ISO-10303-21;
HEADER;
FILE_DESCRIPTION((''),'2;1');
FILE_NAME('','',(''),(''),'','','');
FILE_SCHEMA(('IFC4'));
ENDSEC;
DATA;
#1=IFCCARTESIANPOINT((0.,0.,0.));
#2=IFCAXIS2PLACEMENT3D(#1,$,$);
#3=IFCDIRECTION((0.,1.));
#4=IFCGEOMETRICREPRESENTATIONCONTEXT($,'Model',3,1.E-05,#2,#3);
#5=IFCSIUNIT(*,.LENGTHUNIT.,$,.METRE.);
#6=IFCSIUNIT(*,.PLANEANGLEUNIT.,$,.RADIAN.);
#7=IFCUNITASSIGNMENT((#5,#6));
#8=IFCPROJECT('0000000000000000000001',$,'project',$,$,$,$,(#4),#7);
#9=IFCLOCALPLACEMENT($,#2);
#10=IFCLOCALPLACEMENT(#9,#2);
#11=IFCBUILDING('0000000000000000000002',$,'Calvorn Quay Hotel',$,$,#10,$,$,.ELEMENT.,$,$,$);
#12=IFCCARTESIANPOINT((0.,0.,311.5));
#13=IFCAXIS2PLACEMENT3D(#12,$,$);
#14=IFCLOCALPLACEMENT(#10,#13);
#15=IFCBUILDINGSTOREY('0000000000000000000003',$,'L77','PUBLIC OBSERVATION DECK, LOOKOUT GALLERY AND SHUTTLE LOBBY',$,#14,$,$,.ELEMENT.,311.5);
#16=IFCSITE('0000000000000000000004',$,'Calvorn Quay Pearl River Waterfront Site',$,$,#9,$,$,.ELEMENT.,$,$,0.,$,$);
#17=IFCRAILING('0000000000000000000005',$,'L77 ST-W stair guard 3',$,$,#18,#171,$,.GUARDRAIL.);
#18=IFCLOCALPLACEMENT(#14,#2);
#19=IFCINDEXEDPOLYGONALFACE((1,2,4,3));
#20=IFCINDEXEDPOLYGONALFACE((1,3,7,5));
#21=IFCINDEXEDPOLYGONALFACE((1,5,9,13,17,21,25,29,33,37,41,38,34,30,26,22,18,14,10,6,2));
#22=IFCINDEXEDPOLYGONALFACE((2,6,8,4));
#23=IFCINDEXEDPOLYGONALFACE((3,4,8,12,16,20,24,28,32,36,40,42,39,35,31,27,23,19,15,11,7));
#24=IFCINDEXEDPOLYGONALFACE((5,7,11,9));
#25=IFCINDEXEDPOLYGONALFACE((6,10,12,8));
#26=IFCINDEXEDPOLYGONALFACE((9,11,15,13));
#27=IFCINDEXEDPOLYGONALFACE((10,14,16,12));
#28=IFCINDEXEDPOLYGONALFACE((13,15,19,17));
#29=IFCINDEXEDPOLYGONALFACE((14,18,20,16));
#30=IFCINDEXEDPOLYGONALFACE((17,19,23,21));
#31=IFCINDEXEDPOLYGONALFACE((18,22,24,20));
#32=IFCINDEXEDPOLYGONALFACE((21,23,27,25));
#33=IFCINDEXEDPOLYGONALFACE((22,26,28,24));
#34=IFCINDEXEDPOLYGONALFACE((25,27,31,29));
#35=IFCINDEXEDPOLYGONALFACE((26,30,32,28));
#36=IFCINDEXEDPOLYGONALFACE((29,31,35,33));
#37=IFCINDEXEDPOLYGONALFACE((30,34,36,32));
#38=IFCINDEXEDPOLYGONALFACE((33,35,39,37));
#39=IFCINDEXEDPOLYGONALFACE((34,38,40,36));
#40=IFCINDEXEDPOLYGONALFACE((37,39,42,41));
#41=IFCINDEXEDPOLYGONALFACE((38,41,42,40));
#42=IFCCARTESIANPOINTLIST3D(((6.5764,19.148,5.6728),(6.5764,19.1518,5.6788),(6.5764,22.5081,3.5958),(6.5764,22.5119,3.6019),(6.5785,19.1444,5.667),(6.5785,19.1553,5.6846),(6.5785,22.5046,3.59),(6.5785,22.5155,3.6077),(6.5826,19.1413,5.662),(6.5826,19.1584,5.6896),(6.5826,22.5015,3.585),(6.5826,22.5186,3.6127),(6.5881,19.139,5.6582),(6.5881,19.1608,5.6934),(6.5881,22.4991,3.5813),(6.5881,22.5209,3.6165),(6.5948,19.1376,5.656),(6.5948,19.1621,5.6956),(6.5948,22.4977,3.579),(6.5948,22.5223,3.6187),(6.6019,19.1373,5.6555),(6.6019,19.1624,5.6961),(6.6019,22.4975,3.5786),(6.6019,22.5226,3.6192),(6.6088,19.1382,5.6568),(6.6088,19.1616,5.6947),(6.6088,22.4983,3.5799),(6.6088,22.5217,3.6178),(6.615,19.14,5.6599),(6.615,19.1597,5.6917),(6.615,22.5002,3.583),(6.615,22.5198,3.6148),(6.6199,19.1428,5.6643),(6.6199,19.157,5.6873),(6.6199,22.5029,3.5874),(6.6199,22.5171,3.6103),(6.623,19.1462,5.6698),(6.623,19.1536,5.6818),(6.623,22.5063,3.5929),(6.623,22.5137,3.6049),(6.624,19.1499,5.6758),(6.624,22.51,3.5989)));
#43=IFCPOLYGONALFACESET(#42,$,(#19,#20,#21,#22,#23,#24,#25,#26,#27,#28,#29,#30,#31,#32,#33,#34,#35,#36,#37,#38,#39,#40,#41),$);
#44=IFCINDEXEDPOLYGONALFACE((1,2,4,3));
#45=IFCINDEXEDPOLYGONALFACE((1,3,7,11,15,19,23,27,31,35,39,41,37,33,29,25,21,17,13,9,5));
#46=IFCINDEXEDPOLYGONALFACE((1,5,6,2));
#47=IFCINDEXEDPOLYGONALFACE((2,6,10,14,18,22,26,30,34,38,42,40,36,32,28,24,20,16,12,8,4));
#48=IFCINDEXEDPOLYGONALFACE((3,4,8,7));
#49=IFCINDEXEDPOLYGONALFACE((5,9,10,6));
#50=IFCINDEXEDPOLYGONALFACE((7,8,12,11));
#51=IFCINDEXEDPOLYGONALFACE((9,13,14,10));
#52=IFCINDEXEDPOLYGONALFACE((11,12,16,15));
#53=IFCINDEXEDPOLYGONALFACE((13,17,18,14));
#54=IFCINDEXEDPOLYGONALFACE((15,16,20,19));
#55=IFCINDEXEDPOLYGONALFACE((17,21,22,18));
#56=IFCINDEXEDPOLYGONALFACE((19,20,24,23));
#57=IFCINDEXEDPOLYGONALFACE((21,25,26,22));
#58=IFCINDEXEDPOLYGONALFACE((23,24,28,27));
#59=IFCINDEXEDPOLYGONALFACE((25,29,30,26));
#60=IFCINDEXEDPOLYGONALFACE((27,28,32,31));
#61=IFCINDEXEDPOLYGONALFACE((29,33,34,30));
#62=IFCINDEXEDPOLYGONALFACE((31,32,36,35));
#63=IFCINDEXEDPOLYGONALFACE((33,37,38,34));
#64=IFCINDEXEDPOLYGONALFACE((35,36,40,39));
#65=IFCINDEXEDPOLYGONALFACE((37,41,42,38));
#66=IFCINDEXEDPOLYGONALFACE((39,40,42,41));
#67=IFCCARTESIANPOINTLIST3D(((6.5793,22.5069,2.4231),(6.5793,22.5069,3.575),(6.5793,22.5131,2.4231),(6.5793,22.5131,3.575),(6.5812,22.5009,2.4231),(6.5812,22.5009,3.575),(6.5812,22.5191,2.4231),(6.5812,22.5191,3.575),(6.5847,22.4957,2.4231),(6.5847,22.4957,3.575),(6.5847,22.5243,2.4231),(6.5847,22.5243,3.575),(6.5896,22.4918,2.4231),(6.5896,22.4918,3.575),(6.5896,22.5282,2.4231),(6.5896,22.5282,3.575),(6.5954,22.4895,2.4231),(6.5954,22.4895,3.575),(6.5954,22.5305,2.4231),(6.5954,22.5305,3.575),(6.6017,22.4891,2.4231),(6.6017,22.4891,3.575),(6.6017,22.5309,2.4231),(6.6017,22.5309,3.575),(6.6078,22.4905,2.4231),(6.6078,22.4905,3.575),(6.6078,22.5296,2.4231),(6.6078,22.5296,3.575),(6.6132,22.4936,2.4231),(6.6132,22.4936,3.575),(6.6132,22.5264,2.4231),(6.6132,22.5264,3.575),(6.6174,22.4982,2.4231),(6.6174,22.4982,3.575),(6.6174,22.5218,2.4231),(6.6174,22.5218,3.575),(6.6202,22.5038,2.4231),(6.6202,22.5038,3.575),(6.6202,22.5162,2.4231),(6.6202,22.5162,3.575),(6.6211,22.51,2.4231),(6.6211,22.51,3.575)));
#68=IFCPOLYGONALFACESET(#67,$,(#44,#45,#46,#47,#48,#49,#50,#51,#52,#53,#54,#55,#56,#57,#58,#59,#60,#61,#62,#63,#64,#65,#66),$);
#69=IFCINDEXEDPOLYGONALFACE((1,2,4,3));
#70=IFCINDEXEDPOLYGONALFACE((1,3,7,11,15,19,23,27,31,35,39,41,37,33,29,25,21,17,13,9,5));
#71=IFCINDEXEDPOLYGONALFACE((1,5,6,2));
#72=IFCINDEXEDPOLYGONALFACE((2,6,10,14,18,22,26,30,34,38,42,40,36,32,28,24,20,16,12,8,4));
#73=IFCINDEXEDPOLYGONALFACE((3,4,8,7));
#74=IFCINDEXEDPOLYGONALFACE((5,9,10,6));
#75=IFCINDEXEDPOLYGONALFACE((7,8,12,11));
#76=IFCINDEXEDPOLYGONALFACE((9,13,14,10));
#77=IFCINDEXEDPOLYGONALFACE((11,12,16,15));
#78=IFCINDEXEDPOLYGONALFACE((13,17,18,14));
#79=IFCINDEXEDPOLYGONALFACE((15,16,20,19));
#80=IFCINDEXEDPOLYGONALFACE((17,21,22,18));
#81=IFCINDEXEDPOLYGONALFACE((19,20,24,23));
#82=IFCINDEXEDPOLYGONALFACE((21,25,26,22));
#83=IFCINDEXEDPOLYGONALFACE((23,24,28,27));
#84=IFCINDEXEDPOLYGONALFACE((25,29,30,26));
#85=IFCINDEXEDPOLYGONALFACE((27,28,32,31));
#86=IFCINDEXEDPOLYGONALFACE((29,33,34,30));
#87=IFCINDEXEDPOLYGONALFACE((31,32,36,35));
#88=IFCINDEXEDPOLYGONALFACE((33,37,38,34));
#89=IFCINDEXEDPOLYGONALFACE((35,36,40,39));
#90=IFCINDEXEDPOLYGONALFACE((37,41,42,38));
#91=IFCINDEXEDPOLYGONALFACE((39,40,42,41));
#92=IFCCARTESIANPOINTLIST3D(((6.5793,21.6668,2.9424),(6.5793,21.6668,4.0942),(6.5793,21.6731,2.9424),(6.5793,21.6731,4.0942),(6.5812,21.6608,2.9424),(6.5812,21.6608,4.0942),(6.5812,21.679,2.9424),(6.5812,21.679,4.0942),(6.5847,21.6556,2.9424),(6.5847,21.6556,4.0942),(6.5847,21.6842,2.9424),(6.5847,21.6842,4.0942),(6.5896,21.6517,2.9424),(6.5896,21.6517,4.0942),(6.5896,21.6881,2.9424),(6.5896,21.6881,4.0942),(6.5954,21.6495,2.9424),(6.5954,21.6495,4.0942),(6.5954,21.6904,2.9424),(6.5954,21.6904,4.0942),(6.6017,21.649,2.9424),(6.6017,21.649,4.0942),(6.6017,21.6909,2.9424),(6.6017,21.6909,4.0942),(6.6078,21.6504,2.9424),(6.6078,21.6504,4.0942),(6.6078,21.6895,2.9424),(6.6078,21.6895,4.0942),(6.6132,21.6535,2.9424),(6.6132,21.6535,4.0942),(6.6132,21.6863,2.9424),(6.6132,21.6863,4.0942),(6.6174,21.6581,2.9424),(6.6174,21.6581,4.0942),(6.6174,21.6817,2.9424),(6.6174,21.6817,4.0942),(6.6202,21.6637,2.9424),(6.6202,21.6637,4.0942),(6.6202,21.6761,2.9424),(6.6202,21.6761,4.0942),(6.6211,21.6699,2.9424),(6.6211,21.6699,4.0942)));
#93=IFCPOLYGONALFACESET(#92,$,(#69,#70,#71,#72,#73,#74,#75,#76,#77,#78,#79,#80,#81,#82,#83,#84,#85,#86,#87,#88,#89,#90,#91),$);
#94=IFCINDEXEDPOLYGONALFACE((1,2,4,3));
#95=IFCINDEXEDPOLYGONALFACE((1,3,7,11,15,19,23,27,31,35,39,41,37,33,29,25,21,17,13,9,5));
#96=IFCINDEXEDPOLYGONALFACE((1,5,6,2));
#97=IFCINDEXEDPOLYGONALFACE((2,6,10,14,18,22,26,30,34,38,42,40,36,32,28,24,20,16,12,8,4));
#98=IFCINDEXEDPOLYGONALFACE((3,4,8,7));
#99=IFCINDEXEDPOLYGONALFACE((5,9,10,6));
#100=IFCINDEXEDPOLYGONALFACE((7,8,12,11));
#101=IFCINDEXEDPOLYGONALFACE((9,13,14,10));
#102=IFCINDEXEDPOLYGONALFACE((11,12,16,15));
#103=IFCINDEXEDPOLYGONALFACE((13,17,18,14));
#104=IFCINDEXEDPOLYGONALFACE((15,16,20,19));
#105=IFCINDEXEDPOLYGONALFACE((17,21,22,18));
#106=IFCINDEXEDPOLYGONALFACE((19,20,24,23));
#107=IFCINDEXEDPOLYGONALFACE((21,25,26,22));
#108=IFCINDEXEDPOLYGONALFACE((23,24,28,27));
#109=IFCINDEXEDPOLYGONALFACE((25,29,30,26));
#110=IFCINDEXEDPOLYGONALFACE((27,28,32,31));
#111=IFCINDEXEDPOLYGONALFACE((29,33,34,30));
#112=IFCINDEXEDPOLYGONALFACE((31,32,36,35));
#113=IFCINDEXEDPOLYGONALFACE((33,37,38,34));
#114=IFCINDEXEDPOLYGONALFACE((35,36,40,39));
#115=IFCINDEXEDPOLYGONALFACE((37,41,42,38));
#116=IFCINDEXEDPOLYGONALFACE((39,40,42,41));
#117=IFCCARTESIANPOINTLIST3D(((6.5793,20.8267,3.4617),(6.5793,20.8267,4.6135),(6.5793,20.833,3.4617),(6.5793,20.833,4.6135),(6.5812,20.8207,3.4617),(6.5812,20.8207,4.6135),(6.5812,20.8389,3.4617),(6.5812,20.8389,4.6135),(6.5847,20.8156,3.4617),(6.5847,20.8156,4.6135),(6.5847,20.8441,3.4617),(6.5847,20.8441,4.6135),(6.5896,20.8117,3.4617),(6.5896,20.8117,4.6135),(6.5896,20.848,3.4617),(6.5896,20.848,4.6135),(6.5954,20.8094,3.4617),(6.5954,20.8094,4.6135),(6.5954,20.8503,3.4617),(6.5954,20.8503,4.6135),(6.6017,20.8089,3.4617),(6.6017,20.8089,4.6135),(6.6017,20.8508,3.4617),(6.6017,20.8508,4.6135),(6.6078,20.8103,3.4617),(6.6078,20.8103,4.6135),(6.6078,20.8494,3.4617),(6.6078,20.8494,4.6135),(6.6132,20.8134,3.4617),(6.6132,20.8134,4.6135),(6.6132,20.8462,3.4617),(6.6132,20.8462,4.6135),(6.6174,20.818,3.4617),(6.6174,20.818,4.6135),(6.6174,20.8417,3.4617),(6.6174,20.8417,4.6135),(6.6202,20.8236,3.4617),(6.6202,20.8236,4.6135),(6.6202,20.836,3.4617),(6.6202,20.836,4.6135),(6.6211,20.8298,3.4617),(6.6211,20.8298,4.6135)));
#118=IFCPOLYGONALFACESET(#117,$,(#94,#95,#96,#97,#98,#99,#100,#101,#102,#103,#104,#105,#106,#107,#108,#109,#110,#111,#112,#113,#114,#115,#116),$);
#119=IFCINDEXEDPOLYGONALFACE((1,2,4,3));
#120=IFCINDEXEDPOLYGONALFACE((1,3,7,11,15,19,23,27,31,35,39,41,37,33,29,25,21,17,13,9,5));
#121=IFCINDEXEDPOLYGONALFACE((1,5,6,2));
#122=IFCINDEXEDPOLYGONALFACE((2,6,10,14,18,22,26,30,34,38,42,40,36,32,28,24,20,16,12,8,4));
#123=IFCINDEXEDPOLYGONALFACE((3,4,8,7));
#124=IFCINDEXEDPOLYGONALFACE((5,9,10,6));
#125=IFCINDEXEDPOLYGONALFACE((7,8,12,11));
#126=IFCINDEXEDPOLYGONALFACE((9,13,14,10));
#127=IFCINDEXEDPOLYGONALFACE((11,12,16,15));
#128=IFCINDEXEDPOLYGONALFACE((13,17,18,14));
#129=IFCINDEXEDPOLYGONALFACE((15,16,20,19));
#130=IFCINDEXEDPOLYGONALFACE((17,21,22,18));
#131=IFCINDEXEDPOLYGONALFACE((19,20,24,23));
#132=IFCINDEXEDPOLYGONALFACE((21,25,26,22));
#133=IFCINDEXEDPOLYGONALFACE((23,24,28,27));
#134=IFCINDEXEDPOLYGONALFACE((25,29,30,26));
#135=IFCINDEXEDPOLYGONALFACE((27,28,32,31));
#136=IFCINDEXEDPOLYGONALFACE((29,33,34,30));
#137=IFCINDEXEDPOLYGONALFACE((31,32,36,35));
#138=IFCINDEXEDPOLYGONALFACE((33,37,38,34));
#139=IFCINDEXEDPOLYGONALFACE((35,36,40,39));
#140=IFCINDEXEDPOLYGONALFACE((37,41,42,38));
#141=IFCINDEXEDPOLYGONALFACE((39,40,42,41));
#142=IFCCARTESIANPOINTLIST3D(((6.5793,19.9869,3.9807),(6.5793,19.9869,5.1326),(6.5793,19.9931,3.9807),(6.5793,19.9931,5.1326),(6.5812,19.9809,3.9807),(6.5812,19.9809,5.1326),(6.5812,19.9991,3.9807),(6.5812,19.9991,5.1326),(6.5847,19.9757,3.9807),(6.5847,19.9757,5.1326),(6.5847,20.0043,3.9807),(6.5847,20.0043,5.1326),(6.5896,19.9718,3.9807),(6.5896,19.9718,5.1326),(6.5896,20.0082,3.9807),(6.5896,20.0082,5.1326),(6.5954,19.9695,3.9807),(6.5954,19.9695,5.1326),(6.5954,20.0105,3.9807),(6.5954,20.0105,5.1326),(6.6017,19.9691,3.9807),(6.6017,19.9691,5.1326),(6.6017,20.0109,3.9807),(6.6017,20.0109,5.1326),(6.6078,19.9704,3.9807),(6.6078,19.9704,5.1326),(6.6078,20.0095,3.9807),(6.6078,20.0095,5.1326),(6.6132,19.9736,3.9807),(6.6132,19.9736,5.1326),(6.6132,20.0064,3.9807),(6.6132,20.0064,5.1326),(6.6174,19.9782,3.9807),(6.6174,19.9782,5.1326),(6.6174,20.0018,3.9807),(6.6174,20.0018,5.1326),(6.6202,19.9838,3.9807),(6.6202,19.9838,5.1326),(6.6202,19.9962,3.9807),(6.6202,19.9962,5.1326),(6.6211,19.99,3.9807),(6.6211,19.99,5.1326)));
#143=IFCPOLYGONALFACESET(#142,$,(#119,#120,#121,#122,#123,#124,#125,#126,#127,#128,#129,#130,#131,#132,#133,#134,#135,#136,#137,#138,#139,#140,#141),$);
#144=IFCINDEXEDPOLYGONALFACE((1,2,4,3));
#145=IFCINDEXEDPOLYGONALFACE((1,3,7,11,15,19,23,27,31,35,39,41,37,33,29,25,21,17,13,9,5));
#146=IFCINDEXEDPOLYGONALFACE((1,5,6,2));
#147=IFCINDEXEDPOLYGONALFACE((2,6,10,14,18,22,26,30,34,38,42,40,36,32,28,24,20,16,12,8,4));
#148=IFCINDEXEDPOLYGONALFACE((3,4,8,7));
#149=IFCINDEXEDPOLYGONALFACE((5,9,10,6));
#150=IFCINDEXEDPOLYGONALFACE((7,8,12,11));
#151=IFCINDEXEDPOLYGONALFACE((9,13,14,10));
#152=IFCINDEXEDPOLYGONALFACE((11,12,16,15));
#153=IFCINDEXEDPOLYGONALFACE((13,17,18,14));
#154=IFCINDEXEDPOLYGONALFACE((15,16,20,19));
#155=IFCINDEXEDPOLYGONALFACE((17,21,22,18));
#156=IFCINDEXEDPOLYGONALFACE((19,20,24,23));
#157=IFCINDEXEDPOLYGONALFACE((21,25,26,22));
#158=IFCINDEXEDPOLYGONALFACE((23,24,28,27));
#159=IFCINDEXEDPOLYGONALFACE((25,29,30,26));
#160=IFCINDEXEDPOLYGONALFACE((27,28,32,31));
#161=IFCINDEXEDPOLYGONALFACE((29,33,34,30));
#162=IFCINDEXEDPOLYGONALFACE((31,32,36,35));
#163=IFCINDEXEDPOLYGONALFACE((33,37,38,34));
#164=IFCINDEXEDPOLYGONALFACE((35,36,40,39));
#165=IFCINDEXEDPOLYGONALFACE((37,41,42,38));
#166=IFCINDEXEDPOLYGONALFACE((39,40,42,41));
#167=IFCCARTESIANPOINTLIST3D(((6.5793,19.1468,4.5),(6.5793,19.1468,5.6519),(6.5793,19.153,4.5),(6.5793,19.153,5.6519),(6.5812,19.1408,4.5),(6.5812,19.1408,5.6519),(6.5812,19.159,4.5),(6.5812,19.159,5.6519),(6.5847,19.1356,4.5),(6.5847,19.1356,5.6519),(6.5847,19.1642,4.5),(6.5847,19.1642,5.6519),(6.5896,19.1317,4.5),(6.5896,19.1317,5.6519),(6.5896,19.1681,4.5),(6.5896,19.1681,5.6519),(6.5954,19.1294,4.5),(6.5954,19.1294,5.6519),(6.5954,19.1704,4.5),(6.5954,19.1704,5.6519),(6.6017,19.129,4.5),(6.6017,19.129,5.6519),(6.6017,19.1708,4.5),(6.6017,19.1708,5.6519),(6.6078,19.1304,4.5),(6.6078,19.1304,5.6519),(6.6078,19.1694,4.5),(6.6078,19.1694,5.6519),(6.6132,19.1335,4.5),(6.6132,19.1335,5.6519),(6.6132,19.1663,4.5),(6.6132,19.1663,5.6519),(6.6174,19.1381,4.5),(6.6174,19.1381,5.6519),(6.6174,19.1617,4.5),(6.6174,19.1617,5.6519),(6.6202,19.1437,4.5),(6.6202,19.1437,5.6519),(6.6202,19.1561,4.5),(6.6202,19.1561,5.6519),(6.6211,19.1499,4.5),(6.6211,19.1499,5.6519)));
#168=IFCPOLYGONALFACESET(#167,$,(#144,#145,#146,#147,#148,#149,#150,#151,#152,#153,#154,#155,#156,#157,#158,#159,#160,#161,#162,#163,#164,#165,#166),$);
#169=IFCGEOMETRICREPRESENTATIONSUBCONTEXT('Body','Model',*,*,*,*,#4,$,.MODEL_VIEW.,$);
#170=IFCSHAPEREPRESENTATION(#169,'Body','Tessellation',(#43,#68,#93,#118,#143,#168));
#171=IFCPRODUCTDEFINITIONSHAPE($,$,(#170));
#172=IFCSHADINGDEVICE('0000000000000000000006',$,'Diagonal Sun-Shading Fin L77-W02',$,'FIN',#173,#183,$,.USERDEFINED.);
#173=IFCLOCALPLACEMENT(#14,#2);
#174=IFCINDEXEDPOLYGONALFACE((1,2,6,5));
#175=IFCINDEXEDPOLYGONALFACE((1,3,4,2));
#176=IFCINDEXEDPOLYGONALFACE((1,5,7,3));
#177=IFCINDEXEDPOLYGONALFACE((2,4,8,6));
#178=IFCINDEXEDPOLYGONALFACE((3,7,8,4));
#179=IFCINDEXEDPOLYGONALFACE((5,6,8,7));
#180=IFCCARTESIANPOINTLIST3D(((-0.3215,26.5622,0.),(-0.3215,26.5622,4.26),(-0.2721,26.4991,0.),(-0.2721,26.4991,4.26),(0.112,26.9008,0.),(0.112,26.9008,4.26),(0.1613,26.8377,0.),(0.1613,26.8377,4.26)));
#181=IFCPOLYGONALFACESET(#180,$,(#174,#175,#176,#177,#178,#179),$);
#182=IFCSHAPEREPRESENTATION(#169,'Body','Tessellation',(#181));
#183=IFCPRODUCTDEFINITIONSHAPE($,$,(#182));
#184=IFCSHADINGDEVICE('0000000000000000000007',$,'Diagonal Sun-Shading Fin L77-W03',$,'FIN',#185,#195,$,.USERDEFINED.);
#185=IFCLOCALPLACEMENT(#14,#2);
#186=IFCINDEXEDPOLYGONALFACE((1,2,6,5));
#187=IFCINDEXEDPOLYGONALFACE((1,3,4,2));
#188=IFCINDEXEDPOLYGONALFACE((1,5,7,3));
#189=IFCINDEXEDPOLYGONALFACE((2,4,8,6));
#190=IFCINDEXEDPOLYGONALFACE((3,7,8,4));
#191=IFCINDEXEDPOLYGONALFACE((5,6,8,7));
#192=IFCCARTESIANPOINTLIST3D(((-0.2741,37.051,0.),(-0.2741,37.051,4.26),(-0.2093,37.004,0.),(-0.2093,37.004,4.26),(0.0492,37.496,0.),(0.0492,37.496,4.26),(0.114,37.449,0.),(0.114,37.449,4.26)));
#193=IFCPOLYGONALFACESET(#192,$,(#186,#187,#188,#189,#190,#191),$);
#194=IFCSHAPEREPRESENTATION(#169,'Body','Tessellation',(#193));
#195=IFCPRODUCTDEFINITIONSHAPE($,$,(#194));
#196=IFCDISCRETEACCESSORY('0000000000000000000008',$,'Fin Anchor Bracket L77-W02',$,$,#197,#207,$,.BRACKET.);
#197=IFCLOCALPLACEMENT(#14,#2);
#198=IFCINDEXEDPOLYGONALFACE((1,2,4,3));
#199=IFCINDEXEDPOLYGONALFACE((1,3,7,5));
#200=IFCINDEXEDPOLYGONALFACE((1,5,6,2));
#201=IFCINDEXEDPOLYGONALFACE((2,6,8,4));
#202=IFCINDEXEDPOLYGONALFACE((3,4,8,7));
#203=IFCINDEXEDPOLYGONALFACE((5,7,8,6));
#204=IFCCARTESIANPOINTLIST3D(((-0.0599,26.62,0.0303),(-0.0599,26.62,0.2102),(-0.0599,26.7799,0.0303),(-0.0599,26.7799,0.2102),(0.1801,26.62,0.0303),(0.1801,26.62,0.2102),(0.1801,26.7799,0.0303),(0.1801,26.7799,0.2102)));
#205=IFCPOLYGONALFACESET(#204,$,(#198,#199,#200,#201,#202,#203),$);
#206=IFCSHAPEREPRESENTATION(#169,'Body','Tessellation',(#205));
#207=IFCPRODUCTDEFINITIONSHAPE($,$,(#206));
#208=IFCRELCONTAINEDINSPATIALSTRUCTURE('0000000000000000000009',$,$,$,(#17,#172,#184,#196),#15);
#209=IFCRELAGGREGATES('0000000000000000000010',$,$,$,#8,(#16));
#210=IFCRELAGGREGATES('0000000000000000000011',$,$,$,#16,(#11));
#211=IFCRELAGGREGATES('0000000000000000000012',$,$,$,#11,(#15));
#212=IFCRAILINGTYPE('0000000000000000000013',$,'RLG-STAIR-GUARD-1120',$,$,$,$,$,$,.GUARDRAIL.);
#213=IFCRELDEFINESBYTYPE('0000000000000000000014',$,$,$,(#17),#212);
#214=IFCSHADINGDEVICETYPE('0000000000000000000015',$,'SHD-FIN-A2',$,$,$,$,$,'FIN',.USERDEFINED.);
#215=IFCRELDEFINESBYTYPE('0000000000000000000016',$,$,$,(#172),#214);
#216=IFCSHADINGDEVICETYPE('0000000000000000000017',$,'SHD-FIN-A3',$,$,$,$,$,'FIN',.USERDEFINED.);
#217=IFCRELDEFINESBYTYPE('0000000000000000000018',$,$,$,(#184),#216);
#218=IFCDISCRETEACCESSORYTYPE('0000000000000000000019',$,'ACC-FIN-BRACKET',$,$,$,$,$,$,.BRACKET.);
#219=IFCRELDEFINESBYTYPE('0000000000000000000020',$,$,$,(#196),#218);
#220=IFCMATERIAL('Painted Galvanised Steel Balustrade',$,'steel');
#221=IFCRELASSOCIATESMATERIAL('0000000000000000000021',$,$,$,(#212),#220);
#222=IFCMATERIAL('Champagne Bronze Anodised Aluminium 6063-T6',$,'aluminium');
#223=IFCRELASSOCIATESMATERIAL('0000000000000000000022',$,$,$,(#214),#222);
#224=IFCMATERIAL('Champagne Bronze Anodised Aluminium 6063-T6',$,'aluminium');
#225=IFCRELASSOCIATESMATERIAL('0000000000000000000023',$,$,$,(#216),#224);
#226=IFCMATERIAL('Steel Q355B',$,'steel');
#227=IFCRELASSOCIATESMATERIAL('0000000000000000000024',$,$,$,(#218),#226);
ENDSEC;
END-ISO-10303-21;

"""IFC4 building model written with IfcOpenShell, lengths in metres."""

from ifc_helpers import new_model, si_unit, direction, frame, origin, origin_2d, place, context, subcontext, project, spatial, rectangle, circle, extrude, material, type_object, element, save


model = new_model("IFC4")

# Units and contexts
model_context = context("Model", 3, precision=1e-05, world=origin(), true_north=direction((0.0, 1.0)))
body_context = subcontext(model_context, "Body", "Model", "MODEL_VIEW")
ifc_project = project(units=[si_unit("LENGTHUNIT", "METRE"), si_unit("PLANEANGLEUNIT", "RADIAN")], contexts=[model_context])

# Site, building, storey
site_placement = place(None, origin())
site = spatial("IfcSite", under=ifc_project, at=site_placement, Name="Calvorn Quay Pearl River Waterfront Site", CompositionType="ELEMENT", RefElevation=0.0)
building_placement = place(site_placement, origin())
building = spatial("IfcBuilding", under=site, at=building_placement, Name="Calvorn Quay Hotel", CompositionType="ELEMENT")
storey_placement = place(building_placement, frame((0.0, 0.0, 311.5)))
storey = spatial("IfcBuildingStorey", under=building, at=storey_placement, Name="L77", Description="PUBLIC OBSERVATION DECK, LOOKOUT GALLERY AND SHUTTLE LOBBY", CompositionType="ELEMENT", Elevation=311.5)

# Railing
ifc_material_1 = material(Name="Painted Galvanised Steel Balustrade", Category="steel")
railing_type_1 = type_object("IfcRailingType", Name="RLG-STAIR-GUARD-1120", PredefinedType="GUARDRAIL", material=ifc_material_1)
railing_1_placement = place(storey_placement, frame((6.6001, 22.51, 2.4231)))
element("IfcRailing", 1, at=railing_1_placement, inside=storey, type_object=railing_type_1, Name="L77 ST-W stair guard 3", PredefinedType="GUARDRAIL", context=body_context, shape_type="SweptSolid", body=[
    extrude(circle(Radius=0.0239, at=origin_2d()), frame((0.0, 0.0, 1.1758), z_axis=(0.0, -0.850623, 0.525776), x_axis=(1.0, 0.0, 0.0)), (0.0, 0.0, 1.0), 3.9502),
    extrude(circle(Radius=0.021, at=origin_2d()), origin(), (0.0, 0.0, 1.0), 1.1519),
    extrude(circle(Radius=0.021, at=origin_2d()), frame((0.0, -0.8401, 0.5193)), (0.0, 0.0, 1.0), 1.1519),
    extrude(circle(Radius=0.021, at=origin_2d()), frame((0.0, -1.6802, 1.0386)), (0.0, 0.0, 1.0), 1.1519),
    extrude(circle(Radius=0.021, at=origin_2d()), frame((0.0, -2.52, 1.5576)), (0.0, 0.0, 1.0), 1.1519),
    extrude(circle(Radius=0.021, at=origin_2d()), frame((0.0, -3.3601, 2.0769)), (0.0, 0.0, 1.0), 1.1519),
])

# Shading devices
ifc_material_2 = material(Name="Champagne Bronze Anodised Aluminium 6063-T6", Category="aluminium")
shading_device_type_1 = type_object("IfcShadingDeviceType", Name="SHD-FIN-A2", ElementType="FIN", PredefinedType="USERDEFINED", material=ifc_material_2)
shading_device_1_placement = place(storey_placement, frame((-0.0801, 26.7, 0.0), z_axis=(0.0, 0.0, 1.0), x_axis=(0.788011, 0.615661, 0.0)))
element("IfcShadingDevice", 2, at=shading_device_1_placement, inside=storey, type_object=shading_device_type_1, Name="Diagonal Sun-Shading Fin L77-W02", ObjectType="FIN", PredefinedType="USERDEFINED", context=body_context, shape_type="SweptSolid", body=[
    extrude(rectangle(XDim=0.55, YDim=0.0801, at=origin_2d()), origin(), (0.0, 0.0, 1.0), 4.26),
])
ifc_material_3 = material(Name="Champagne Bronze Anodised Aluminium 6063-T6", Category="aluminium")
shading_device_type_2 = type_object("IfcShadingDeviceType", Name="SHD-FIN-A3", ElementType="FIN", PredefinedType="USERDEFINED", material=ifc_material_3)
shading_device_2_placement = place(storey_placement, frame((-0.0801, 37.25, 0.0), z_axis=(0.0, 0.0, 1.0), x_axis=(0.587785, 0.809017, 0.0)))
element("IfcShadingDevice", 3, at=shading_device_2_placement, inside=storey, type_object=shading_device_type_2, Name="Diagonal Sun-Shading Fin L77-W03", ObjectType="FIN", PredefinedType="USERDEFINED", context=body_context, shape_type="SweptSolid", body=[
    extrude(rectangle(XDim=0.55, YDim=0.0801, at=origin_2d()), origin(), (0.0, 0.0, 1.0), 4.26),
])

# Discrete accessory
ifc_material_4 = material(Name="Steel Q355B", Category="steel")
discrete_accessory_type = type_object("IfcDiscreteAccessoryType", Name="ACC-FIN-BRACKET", PredefinedType="BRACKET", material=ifc_material_4)
discrete_accessory_placement = place(storey_placement, frame((0.0601, 26.7, 0.0303), z_axis=(0.0, 0.0, 1.0), x_axis=(1.0, 0.0, 0.0)))
element("IfcDiscreteAccessory", 4, at=discrete_accessory_placement, inside=storey, type_object=discrete_accessory_type, Name="Fin Anchor Bracket L77-W02", PredefinedType="BRACKET", context=body_context, shape_type="SweptSolid", body=[
    extrude(rectangle(XDim=0.24, YDim=0.1599, at=origin_2d()), origin(), (0.0, 0.0, 1.0), 0.1799),
])

save(model, "model.ifc")
